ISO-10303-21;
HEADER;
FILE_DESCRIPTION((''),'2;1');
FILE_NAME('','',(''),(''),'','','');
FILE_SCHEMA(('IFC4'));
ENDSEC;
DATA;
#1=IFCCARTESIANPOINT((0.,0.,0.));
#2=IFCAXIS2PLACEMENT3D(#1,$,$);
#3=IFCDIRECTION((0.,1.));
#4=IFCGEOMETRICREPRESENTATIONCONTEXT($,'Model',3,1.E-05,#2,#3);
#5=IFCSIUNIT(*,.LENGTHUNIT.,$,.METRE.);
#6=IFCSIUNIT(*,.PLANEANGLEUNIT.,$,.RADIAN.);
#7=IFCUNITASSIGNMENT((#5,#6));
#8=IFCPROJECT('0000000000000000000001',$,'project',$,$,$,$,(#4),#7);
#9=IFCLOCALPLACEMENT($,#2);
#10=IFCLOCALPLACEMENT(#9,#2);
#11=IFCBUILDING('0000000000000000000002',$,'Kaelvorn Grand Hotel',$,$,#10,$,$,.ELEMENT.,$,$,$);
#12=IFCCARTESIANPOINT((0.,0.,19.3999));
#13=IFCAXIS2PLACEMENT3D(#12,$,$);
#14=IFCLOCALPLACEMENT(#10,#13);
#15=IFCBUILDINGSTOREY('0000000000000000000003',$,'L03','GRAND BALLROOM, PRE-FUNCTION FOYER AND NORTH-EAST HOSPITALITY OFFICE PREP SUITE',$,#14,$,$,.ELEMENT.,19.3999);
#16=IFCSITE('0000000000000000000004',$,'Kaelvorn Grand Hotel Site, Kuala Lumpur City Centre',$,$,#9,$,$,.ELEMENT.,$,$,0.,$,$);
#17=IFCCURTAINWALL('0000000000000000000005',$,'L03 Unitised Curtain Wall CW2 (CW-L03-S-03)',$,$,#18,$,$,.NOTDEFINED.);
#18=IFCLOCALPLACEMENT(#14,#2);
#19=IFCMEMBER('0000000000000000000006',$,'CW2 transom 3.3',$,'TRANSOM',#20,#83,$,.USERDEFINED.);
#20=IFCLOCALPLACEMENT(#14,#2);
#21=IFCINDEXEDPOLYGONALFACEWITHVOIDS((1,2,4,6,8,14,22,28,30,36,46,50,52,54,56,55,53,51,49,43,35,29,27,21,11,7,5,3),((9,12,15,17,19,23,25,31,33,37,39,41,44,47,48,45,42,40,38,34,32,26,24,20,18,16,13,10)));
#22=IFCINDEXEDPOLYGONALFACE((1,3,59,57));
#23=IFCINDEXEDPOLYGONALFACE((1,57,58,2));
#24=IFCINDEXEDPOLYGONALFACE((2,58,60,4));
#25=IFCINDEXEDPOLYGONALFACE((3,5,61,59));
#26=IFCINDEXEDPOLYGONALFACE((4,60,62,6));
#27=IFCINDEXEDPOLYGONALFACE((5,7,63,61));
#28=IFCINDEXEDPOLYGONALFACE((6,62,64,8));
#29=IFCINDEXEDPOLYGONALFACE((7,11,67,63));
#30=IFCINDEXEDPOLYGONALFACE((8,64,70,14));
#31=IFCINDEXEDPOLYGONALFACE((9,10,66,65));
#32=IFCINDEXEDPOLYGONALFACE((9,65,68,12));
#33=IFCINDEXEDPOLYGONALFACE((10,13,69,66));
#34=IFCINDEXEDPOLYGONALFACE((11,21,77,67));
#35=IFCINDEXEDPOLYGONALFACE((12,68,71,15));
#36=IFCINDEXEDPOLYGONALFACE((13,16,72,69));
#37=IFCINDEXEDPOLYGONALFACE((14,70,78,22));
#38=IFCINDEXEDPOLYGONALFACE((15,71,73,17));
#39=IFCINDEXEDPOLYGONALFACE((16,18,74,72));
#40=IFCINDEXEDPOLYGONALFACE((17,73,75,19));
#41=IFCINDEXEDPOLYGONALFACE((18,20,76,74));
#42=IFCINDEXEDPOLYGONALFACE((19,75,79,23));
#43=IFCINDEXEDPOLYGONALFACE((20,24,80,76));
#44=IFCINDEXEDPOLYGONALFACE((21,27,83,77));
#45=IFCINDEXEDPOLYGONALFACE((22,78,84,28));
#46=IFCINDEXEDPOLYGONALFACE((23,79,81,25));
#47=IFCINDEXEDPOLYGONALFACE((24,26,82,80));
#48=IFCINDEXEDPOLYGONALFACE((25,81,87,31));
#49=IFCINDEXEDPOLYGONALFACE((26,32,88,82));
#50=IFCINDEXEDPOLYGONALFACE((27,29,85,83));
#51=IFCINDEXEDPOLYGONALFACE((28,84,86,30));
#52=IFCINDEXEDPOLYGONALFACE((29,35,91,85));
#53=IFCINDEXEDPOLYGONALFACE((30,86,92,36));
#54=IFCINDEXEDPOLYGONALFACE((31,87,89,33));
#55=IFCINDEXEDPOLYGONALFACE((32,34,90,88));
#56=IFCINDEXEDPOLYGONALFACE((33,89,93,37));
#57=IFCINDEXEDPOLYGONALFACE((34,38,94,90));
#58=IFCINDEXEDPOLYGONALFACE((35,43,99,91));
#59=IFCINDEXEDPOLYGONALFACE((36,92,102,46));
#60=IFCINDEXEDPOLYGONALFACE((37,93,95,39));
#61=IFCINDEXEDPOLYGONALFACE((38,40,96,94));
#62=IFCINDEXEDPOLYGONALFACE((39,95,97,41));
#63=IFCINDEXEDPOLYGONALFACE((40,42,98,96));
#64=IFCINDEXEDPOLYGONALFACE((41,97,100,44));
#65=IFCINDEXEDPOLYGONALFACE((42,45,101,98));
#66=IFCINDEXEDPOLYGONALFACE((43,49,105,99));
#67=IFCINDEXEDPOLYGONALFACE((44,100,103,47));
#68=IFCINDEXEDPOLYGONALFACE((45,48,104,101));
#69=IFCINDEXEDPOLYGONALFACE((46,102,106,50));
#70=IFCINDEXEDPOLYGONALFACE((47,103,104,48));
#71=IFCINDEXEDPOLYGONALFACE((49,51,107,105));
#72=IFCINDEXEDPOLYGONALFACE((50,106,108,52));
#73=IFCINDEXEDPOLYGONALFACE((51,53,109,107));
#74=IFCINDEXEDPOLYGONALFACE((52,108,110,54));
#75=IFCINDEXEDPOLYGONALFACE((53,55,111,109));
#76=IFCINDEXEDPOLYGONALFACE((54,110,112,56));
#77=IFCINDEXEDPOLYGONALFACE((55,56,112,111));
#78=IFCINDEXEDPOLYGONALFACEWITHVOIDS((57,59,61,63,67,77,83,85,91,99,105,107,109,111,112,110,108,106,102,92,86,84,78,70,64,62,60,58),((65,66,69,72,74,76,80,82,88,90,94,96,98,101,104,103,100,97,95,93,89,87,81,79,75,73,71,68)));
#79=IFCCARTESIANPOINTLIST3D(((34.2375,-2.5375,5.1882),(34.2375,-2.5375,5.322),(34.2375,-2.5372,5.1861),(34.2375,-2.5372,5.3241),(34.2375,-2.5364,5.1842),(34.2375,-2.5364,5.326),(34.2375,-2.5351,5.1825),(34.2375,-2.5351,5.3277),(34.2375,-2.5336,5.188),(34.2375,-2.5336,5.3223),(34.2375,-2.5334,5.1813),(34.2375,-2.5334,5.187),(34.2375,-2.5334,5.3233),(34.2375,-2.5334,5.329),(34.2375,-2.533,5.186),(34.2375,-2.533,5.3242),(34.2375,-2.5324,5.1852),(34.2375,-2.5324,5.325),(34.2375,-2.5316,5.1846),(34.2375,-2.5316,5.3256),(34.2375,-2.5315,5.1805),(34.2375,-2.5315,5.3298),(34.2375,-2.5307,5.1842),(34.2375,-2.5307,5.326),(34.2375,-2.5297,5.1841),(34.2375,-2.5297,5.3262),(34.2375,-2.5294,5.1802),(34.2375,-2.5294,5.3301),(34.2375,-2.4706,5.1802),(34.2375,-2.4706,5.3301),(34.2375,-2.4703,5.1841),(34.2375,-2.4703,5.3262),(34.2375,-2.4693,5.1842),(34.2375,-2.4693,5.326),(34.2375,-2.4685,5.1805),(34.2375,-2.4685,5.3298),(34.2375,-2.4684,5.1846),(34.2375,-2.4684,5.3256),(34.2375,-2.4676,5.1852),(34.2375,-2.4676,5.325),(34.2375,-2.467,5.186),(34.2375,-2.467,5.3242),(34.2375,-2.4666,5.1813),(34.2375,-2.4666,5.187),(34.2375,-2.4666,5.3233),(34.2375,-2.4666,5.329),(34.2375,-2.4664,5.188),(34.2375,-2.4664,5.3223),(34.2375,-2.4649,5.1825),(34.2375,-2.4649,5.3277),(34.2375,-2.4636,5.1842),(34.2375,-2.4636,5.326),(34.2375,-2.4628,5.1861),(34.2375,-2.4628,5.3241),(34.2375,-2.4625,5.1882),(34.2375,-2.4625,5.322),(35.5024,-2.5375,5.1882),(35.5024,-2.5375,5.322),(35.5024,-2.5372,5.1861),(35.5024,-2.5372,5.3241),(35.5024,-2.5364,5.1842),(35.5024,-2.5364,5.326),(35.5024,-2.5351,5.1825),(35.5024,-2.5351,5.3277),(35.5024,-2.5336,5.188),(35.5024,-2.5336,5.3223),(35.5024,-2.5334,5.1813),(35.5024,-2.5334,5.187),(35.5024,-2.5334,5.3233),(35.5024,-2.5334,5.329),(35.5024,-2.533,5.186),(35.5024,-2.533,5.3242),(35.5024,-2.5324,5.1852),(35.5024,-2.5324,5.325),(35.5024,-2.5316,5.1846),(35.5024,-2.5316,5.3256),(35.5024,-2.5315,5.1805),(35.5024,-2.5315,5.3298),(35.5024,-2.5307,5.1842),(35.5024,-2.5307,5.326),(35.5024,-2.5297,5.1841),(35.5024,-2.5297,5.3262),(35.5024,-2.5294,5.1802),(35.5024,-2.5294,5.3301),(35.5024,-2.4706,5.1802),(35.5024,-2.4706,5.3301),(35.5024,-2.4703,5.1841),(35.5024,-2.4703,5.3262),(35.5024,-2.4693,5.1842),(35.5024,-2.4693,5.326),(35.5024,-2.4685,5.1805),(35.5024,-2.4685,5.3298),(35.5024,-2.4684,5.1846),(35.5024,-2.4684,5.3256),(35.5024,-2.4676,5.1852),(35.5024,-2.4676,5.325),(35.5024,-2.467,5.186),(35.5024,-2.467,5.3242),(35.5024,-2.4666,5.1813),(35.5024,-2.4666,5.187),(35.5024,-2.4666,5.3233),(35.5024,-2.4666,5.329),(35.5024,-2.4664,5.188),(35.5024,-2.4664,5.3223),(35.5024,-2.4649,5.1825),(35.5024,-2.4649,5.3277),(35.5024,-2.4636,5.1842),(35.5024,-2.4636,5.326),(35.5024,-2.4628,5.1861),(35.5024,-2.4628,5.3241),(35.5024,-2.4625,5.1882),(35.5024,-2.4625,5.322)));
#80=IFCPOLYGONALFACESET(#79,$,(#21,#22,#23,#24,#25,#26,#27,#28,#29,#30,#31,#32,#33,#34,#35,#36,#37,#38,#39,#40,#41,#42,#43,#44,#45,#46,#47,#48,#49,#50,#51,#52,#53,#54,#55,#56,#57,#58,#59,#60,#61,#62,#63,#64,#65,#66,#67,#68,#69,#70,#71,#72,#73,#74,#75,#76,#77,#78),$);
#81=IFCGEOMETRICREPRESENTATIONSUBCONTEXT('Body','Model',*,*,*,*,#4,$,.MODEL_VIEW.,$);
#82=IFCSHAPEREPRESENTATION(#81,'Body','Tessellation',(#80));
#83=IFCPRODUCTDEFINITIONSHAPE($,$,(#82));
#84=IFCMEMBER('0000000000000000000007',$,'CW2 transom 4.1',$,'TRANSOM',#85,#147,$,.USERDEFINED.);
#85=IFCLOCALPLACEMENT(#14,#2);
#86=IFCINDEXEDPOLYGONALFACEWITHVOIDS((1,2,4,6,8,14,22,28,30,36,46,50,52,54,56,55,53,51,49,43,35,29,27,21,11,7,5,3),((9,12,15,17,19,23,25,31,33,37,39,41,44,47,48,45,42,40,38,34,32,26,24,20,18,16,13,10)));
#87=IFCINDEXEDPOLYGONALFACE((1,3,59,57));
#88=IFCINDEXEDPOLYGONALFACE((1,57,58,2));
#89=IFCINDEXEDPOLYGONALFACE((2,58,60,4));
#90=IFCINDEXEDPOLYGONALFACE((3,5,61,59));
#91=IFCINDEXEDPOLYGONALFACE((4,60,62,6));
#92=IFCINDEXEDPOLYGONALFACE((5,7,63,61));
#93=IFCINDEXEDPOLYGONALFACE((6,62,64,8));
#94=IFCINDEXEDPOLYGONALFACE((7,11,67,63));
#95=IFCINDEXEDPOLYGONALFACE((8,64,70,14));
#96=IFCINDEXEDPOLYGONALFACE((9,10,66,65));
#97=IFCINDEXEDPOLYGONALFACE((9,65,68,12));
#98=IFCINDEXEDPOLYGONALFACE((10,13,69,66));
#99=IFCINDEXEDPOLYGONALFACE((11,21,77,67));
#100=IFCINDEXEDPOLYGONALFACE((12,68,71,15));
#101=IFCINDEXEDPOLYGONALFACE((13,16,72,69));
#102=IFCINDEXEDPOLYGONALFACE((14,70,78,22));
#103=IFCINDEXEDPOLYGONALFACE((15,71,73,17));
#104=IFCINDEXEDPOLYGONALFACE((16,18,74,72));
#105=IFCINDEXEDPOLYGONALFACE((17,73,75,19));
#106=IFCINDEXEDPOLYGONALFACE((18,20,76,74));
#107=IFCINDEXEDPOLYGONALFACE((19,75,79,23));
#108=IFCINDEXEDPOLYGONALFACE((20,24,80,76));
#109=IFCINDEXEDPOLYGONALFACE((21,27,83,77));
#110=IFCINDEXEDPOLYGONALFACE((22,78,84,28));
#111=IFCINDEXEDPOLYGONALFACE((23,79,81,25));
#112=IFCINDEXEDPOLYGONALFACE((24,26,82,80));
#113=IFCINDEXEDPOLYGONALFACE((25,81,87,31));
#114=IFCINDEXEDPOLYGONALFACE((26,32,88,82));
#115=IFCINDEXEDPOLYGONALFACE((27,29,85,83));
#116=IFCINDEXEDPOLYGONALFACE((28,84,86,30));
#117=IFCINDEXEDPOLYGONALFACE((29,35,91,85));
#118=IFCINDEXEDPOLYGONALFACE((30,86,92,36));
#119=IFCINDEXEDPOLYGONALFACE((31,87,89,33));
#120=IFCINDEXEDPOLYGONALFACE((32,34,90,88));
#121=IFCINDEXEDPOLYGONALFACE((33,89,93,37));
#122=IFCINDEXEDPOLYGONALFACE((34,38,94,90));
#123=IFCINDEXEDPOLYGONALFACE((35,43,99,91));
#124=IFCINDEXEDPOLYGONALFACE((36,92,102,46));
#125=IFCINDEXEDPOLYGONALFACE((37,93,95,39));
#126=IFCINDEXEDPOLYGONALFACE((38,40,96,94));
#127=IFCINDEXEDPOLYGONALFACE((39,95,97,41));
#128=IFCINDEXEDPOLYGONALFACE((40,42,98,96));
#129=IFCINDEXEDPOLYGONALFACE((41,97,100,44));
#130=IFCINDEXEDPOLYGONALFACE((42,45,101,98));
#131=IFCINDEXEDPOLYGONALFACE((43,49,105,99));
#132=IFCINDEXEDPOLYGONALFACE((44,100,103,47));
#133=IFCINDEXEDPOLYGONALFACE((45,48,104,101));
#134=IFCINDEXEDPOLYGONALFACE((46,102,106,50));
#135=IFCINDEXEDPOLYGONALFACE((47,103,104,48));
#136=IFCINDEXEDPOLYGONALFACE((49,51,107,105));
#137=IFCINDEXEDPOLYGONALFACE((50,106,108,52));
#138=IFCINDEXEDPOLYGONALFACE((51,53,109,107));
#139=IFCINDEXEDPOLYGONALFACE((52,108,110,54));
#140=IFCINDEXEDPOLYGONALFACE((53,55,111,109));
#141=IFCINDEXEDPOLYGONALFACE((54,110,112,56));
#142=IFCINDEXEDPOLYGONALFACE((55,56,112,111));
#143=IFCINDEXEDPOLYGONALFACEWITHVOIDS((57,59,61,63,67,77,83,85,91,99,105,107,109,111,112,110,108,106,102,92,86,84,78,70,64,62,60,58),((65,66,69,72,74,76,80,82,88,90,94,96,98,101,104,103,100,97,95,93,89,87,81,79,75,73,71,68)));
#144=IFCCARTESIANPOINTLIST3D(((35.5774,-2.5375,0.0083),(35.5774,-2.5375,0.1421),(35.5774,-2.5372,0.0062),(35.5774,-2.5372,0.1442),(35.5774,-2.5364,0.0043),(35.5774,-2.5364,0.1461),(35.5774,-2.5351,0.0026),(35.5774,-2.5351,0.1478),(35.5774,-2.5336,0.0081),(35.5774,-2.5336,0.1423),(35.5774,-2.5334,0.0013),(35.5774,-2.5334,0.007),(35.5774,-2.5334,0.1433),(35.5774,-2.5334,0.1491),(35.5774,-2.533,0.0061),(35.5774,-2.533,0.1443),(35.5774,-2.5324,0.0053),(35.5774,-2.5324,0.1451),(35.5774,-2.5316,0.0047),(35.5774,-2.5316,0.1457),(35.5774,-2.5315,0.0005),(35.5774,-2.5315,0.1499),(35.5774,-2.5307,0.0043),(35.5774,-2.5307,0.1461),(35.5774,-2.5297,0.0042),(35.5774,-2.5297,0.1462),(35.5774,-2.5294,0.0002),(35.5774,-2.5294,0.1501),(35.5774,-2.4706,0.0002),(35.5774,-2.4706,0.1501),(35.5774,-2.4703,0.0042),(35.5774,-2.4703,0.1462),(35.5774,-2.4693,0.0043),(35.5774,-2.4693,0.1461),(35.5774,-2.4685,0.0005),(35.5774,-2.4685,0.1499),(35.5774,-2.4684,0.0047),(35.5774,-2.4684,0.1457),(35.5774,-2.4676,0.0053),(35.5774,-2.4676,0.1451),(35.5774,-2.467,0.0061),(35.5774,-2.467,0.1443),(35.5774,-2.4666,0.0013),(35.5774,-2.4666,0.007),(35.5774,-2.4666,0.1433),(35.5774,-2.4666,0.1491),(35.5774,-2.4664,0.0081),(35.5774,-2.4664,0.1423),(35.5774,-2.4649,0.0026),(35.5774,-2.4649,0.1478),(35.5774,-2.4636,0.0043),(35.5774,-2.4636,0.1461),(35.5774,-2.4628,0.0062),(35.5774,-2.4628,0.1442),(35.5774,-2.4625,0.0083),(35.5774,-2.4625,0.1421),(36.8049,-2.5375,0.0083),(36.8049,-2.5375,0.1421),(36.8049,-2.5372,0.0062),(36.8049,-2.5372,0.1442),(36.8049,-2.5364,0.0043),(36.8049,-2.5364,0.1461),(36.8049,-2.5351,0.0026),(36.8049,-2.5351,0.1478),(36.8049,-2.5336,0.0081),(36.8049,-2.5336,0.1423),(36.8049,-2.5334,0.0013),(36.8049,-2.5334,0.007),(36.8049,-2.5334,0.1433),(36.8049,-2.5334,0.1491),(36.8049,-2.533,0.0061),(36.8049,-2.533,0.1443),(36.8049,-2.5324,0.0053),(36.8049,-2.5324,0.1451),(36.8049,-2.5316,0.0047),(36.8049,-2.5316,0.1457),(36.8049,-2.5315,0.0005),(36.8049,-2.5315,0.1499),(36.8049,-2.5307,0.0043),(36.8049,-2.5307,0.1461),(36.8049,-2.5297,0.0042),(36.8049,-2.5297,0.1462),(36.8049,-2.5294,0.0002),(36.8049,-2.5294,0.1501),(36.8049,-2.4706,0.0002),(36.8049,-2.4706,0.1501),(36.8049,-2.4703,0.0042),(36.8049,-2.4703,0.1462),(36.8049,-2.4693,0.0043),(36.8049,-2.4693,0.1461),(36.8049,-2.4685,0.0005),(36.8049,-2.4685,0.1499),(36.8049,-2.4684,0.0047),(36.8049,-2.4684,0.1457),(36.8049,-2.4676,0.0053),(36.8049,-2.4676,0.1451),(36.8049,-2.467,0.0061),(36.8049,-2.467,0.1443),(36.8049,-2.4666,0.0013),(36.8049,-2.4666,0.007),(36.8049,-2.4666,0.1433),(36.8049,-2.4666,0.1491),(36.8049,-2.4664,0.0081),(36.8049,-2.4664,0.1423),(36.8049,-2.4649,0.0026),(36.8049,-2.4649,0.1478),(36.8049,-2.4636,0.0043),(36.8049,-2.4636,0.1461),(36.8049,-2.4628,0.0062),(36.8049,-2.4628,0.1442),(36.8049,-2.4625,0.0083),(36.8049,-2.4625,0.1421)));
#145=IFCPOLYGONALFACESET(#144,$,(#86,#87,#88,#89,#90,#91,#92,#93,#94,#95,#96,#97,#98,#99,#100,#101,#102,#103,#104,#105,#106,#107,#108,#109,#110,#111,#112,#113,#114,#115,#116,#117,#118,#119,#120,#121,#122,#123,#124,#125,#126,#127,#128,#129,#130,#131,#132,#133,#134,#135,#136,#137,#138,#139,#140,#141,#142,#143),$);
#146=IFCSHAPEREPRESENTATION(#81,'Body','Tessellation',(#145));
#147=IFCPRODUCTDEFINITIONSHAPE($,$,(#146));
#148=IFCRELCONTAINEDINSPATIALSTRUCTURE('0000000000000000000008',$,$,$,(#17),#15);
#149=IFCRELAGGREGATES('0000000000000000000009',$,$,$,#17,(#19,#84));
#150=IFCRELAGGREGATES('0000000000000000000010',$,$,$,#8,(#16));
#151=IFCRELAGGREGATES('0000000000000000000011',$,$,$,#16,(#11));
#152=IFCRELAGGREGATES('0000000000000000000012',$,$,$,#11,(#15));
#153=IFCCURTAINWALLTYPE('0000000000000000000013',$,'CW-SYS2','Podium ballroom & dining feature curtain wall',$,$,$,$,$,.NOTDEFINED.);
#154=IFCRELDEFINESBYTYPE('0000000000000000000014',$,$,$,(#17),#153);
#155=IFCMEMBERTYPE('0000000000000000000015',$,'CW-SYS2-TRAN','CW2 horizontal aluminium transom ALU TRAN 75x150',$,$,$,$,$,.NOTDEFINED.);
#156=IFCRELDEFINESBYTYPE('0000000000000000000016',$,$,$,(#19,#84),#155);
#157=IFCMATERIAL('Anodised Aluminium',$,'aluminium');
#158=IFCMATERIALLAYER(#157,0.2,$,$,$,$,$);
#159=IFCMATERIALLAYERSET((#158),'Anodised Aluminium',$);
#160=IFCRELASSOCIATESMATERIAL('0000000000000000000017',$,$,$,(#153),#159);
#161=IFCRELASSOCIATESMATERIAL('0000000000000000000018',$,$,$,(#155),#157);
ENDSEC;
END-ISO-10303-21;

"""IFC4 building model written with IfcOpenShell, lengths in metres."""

from ifc_helpers import new_model, si_unit, direction, frame, origin, origin_2d, place, context, subcontext, project, spatial, hollow_rectangle, extrude, material, layer, layer_set, material_profile, profile_set, type_object, element, aggregate, save


model = new_model("IFC4")

# Units and contexts
model_context = context("Model", 3, precision=1e-05, world=origin(), true_north=direction((0.0, 1.0)))
body_context = subcontext(model_context, "Body", "Model", "MODEL_VIEW")
ifc_project = project(units=[si_unit("LENGTHUNIT", "METRE"), si_unit("PLANEANGLEUNIT", "RADIAN")], contexts=[model_context])

# Site, building, storey
site_placement = place(None, origin())
site = spatial("IfcSite", under=ifc_project, at=site_placement, Name="Kaelvorn Grand Hotel Site, Kuala Lumpur City Centre", CompositionType="ELEMENT", RefElevation=0.0)
building_placement = place(site_placement, origin())
building = spatial("IfcBuilding", under=site, at=building_placement, Name="Kaelvorn Grand Hotel", CompositionType="ELEMENT")
storey_placement = place(building_placement, frame((0.0, 0.0, 19.3999)))
storey = spatial("IfcBuildingStorey", under=building, at=storey_placement, Name="L03", Description="GRAND BALLROOM, PRE-FUNCTION FOYER AND NORTH-EAST HOSPITALITY OFFICE PREP SUITE", CompositionType="ELEMENT", Elevation=19.3999)

# Curtain wall
ifc_material_1 = material(Name="Anodised Aluminium", Category="aluminium")
ifc_layer_1 = layer(ifc_material_1, 0.2)
ifc_layer_set_1 = layer_set([ifc_layer_1], Name="Anodised Aluminium")
curtain_wall_type = type_object("IfcCurtainWallType", Name="CW-SYS2", Description="Podium ballroom & dining feature curtain wall", PredefinedType="NOTDEFINED", material=ifc_layer_set_1)
curtain_wall_1_placement = place(storey_placement, origin())
curtain_wall_1 = element("IfcCurtainWall", 1, at=curtain_wall_1_placement, inside=storey, type_object=curtain_wall_type, Name="L03 Unitised Curtain Wall CW2 (CW-L03-S-03)", PredefinedType="NOTDEFINED")

# Members
ifc_material_profile_1 = material_profile(ifc_material_1, hollow_rectangle(XDim=0.075, YDim=0.1499, WallThickness=0.0039, InnerFilletRadius=0.0039, OuterFilletRadius=0.0081, at=origin_2d()), Name="ALU TRAN 75x150")
ifc_profile_set_1 = profile_set([ifc_material_profile_1], Name="Anodised Aluminium")
member_type_1 = type_object("IfcMemberType", Name="CW-SYS2-TRAN", Description="CW2 horizontal aluminium transom ALU TRAN 75x150", PredefinedType="NOTDEFINED", material=ifc_profile_set_1)
member_1_placement = place(storey_placement, frame((34.2375, -2.5, 5.2551), z_axis=(1.0, 0.0, 0.0), x_axis=(0.0, 1.0, 0.0)))
member_1 = element("IfcMember", 2, at=member_1_placement, type_object=member_type_1, Name="CW2 transom 3.3", ObjectType="TRANSOM", PredefinedType="USERDEFINED", context=body_context, shape_type="SweptSolid", body=[
    extrude(hollow_rectangle(XDim=0.075, YDim=0.1499, WallThickness=0.0039, InnerFilletRadius=0.0039, OuterFilletRadius=0.0081, at=origin_2d()), origin(), (0.0, 0.0, 1.0), 1.2649),
])
member_2_placement = place(storey_placement, frame((35.5774, -2.5, 0.0752), z_axis=(1.0, 0.0, 0.0), x_axis=(0.0, 1.0, 0.0)))
member_2 = element("IfcMember", 3, at=member_2_placement, type_object=member_type_1, Name="CW2 transom 4.1", ObjectType="TRANSOM", PredefinedType="USERDEFINED", context=body_context, shape_type="SweptSolid", body=[
    extrude(hollow_rectangle(XDim=0.075, YDim=0.1499, WallThickness=0.0039, InnerFilletRadius=0.0039, OuterFilletRadius=0.0081, at=origin_2d()), origin(), (0.0, 0.0, 1.0), 1.2275),
])

aggregate(curtain_wall_1, [member_1, member_2])

save(model, "model.ifc")
